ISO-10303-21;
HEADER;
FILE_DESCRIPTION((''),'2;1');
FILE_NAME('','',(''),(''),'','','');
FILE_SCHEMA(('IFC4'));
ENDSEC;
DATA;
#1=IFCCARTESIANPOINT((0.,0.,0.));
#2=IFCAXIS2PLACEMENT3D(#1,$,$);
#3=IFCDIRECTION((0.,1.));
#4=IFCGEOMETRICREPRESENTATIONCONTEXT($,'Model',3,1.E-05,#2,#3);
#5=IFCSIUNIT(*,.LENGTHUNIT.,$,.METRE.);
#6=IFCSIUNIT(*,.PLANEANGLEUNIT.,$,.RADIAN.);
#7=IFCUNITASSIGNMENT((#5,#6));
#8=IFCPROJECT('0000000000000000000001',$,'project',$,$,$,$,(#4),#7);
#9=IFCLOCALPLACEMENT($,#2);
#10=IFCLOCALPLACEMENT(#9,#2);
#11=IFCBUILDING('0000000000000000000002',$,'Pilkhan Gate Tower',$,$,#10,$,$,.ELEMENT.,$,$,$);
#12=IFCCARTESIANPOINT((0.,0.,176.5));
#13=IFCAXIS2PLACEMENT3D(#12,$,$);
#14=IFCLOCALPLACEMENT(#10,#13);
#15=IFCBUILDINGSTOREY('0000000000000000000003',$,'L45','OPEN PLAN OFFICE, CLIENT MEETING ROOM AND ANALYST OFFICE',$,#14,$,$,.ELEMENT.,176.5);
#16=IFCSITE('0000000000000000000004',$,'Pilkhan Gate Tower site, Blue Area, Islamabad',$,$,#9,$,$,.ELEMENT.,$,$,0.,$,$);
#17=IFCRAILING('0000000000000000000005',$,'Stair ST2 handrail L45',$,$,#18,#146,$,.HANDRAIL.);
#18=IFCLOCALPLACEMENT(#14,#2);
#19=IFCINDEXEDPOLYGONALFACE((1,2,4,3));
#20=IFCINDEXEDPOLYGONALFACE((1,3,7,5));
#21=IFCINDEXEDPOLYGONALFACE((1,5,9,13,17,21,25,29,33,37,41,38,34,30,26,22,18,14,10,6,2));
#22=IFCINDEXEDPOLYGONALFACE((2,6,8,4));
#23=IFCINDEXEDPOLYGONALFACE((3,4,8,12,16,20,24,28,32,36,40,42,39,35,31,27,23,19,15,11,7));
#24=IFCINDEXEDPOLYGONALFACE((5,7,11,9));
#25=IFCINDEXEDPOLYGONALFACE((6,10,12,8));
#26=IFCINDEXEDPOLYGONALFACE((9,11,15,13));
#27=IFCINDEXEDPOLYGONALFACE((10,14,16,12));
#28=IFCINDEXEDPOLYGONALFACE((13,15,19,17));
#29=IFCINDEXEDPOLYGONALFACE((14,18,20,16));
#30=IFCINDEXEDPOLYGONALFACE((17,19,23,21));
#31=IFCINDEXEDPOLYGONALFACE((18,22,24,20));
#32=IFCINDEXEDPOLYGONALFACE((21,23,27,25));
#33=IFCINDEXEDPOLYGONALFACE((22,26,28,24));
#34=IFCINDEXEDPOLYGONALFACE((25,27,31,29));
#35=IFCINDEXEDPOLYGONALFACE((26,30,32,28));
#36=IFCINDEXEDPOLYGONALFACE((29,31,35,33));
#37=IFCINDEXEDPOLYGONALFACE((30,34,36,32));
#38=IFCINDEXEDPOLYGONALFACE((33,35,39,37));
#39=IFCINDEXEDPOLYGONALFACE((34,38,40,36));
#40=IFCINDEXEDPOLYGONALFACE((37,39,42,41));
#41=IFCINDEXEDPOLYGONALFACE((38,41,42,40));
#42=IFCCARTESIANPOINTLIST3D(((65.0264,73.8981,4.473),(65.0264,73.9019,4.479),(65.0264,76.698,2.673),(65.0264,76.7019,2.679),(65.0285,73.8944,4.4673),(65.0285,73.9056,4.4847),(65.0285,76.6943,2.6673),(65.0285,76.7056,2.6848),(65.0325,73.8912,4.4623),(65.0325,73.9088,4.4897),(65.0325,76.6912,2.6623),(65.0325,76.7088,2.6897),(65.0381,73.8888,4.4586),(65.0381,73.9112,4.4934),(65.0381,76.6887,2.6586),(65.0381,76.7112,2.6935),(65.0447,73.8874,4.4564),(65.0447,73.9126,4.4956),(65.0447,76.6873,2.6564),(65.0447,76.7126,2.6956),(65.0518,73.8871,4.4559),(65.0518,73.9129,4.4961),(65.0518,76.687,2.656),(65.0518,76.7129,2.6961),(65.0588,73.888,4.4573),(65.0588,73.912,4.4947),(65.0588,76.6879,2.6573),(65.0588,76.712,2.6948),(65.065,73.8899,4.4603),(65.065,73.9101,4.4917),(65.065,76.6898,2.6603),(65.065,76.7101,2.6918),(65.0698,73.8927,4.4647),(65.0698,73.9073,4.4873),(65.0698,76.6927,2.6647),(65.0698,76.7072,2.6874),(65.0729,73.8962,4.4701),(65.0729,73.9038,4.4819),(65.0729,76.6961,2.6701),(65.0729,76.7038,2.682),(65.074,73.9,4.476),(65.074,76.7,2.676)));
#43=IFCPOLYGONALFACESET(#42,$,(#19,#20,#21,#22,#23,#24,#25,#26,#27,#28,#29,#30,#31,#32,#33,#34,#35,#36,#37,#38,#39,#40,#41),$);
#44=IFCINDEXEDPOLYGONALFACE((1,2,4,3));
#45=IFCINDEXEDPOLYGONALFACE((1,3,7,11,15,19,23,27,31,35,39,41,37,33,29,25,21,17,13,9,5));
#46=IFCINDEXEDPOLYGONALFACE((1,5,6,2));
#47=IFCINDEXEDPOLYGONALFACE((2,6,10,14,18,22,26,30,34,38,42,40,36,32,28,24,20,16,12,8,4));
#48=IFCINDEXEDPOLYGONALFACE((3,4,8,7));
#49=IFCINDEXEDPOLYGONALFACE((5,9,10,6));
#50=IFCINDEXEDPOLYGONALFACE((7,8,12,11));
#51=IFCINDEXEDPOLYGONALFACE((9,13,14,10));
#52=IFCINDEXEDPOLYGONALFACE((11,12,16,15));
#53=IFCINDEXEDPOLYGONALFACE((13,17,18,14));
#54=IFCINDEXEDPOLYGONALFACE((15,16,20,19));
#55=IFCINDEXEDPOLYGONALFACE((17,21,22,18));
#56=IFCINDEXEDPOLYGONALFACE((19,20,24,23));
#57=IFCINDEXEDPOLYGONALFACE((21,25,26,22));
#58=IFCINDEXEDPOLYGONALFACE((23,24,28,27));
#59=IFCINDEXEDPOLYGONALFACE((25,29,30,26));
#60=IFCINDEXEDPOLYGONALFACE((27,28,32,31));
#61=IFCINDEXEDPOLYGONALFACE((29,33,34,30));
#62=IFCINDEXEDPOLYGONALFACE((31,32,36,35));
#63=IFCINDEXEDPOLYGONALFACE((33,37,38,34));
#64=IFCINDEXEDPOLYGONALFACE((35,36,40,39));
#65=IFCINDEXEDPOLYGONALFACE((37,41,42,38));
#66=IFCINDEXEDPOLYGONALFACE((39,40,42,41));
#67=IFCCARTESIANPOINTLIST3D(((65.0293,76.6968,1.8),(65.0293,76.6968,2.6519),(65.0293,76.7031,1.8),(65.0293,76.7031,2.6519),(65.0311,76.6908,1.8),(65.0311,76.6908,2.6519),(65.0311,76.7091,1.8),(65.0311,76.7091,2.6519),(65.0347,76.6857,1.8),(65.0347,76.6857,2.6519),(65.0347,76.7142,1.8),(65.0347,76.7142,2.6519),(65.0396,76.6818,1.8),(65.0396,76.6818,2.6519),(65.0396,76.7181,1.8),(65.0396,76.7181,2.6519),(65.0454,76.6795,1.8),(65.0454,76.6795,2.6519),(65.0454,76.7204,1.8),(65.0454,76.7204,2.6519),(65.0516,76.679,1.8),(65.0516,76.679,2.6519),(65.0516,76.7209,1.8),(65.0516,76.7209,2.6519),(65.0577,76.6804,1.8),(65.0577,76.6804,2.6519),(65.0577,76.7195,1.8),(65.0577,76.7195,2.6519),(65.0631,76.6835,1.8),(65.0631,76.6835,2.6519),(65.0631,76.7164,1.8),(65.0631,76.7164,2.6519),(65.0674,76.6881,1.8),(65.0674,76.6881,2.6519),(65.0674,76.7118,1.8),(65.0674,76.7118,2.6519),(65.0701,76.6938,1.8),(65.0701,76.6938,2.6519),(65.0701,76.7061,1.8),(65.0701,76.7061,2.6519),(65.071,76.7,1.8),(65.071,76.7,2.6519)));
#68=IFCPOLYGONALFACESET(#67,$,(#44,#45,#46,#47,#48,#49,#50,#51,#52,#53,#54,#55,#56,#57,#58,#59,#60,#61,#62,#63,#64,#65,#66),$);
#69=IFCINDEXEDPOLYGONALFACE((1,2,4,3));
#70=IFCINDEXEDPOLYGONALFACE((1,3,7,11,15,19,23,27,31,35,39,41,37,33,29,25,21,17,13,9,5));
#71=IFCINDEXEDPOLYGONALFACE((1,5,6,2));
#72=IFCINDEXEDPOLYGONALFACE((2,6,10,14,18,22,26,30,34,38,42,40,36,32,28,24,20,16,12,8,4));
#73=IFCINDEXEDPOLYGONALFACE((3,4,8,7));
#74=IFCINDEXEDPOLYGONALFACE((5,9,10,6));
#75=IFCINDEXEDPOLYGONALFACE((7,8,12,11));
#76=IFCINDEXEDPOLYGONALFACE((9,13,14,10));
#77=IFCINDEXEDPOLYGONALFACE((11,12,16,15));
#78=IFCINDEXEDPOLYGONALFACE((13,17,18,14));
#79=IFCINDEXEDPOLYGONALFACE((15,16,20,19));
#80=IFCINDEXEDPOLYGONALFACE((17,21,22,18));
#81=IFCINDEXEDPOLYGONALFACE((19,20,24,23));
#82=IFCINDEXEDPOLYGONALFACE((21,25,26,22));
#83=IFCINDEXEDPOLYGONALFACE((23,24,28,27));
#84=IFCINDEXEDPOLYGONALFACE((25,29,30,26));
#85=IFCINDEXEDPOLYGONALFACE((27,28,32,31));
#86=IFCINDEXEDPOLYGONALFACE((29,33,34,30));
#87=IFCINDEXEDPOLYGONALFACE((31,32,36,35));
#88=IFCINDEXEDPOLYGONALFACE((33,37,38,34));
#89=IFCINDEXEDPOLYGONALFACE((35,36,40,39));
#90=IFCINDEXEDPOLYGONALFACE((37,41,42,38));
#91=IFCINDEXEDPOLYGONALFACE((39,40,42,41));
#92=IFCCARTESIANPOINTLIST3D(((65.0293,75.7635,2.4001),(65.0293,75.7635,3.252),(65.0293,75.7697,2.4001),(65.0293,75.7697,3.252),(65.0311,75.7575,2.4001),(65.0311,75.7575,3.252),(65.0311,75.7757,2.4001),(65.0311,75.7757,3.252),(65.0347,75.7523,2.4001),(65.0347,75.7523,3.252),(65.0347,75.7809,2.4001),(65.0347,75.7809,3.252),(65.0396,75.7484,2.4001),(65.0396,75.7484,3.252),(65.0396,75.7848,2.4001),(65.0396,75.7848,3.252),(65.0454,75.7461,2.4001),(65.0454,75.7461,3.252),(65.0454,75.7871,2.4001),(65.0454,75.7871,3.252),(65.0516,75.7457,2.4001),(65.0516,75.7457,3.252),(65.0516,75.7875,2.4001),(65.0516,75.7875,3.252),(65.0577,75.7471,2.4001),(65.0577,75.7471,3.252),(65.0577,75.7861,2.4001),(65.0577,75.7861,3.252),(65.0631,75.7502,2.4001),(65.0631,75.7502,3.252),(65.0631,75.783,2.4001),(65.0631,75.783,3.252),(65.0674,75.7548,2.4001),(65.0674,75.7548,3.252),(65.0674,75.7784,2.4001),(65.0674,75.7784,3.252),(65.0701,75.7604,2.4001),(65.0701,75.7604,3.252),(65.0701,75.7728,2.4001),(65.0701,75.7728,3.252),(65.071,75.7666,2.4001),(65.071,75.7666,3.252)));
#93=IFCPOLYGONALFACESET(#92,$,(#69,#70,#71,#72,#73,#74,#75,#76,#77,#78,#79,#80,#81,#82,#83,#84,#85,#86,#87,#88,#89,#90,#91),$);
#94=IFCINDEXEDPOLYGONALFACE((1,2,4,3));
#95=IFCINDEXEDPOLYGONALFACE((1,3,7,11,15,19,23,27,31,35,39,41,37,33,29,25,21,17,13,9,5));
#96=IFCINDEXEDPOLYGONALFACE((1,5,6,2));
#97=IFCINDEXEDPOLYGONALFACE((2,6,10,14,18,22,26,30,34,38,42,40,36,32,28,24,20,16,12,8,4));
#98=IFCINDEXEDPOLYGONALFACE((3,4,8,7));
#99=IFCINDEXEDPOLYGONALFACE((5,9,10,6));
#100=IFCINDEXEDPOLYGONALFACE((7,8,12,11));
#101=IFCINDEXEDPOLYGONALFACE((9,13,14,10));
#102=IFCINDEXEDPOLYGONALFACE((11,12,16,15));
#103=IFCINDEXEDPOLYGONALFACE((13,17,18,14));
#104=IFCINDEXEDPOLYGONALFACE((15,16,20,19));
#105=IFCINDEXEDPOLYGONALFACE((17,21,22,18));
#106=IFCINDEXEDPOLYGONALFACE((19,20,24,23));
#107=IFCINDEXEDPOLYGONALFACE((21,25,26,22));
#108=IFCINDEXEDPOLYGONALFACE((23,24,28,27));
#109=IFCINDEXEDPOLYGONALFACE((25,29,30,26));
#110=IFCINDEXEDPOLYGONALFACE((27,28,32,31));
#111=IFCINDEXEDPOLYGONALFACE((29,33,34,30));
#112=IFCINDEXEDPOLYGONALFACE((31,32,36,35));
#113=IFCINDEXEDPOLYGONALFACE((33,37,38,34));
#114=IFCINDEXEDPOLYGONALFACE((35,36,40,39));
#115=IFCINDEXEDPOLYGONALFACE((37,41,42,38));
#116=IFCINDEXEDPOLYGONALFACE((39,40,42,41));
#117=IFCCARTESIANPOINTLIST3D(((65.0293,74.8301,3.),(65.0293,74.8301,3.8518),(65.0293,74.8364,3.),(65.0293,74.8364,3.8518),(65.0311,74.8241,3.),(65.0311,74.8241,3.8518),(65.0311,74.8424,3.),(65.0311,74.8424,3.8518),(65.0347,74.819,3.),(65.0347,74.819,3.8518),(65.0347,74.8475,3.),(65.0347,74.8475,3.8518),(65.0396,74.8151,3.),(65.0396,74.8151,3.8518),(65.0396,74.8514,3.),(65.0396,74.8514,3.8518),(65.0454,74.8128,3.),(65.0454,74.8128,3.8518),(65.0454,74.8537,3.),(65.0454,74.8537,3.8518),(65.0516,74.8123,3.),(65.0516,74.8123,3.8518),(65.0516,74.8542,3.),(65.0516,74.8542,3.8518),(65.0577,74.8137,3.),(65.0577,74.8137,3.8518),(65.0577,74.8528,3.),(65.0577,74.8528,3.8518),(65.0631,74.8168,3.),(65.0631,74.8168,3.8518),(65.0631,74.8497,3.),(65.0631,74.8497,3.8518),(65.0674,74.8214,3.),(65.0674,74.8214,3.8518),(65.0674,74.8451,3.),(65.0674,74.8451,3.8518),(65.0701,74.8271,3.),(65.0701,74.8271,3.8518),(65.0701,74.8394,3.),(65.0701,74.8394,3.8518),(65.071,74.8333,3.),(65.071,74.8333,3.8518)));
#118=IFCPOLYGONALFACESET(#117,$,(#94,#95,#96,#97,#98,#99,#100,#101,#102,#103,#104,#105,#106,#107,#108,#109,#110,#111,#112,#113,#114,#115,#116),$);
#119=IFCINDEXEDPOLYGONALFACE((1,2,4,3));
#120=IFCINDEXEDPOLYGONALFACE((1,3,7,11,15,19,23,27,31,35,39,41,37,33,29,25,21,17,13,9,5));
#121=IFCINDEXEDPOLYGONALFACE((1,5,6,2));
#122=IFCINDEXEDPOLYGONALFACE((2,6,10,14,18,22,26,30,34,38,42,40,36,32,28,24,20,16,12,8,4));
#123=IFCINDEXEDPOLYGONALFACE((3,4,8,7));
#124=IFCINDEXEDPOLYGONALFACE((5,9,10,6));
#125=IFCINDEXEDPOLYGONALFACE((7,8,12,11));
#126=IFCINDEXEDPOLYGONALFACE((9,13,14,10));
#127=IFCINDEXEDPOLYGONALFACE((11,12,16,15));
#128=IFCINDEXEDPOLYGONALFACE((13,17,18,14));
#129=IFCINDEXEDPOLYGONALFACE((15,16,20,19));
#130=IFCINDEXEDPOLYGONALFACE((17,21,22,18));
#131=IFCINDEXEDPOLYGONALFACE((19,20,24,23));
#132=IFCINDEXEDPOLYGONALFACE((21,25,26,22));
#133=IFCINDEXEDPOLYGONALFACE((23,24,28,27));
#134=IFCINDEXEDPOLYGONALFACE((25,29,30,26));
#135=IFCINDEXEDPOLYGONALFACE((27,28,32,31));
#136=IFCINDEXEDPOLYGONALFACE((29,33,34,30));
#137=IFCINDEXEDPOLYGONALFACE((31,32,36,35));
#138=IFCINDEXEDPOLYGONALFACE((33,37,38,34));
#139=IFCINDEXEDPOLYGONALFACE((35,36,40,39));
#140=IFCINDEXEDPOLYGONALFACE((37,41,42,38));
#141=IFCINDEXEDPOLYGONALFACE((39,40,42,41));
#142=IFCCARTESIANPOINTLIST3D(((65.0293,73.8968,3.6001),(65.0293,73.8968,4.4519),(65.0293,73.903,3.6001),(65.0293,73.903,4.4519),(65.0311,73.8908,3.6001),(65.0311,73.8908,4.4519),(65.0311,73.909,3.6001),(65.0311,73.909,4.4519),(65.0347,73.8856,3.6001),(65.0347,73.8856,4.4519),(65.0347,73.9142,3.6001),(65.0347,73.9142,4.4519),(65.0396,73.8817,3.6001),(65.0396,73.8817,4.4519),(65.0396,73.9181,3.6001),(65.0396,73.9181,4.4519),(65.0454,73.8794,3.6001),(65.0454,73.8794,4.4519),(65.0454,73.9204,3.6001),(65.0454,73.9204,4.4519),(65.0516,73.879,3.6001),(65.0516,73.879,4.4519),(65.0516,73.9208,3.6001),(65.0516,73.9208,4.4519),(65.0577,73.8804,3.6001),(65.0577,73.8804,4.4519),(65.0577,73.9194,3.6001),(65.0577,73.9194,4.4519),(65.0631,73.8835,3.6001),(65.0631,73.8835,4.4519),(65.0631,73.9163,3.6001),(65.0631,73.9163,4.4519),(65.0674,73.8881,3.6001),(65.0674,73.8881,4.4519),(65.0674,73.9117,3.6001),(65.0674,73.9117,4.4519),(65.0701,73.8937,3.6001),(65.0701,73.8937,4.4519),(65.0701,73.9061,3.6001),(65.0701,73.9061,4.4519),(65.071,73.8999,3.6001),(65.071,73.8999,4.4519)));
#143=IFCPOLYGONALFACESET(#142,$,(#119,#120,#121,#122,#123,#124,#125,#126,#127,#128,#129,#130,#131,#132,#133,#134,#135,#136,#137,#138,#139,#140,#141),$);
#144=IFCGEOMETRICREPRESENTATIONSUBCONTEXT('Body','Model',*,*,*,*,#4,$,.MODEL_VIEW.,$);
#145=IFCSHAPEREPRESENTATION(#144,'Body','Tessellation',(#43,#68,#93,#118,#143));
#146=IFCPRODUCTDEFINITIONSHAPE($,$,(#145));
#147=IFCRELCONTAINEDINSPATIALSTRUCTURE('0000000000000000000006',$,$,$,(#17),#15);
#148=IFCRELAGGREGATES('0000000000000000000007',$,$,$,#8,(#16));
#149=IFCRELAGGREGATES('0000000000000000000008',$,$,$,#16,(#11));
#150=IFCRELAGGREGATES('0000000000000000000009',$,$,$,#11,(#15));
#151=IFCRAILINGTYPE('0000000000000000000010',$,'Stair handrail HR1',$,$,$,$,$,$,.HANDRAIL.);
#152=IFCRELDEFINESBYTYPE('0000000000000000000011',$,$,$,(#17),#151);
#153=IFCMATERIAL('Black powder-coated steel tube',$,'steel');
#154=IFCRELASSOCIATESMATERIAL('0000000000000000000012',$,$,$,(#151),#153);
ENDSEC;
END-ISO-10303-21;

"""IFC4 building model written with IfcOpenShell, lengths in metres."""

from ifc_helpers import new_model, si_unit, direction, frame, origin, origin_2d, place, context, subcontext, project, spatial, circle, extrude, material, type_object, element, save


model = new_model("IFC4")

# Units and contexts
model_context = context("Model", 3, precision=1e-05, world=origin(), true_north=direction((0.0, 1.0)))
body_context = subcontext(model_context, "Body", "Model", "MODEL_VIEW")
ifc_project = project(units=[si_unit("LENGTHUNIT", "METRE"), si_unit("PLANEANGLEUNIT", "RADIAN")], contexts=[model_context])

# Site, building, storey
site_placement = place(None, origin())
site = spatial("IfcSite", under=ifc_project, at=site_placement, Name="Pilkhan Gate Tower site, Blue Area, Islamabad", CompositionType="ELEMENT", RefElevation=0.0)
building_placement = place(site_placement, origin())
building = spatial("IfcBuilding", under=site, at=building_placement, Name="Pilkhan Gate Tower", CompositionType="ELEMENT")
storey_placement = place(building_placement, frame((0.0, 0.0, 176.5)))
storey = spatial("IfcBuildingStorey", under=building, at=storey_placement, Name="L45", Description="OPEN PLAN OFFICE, CLIENT MEETING ROOM AND ANALYST OFFICE", CompositionType="ELEMENT", Elevation=176.5)

# Railing
ifc_material_1 = material(Name="Black powder-coated steel tube", Category="steel")
railing_type_1 = type_object("IfcRailingType", Name="Stair handrail HR1", PredefinedType="HANDRAIL", material=ifc_material_1)
railing_1_placement = place(storey_placement, frame((65.05, 76.7, 1.8)))
element("IfcRailing", 1, at=railing_1_placement, inside=storey, type_object=railing_type_1, Name="Stair ST2 handrail L45", PredefinedType="HANDRAIL", context=body_context, shape_type="SweptSolid", body=[
    extrude(circle(Radius=0.0239, at=origin_2d()), frame((0.0, 0.0, 0.876), z_axis=(0.0, -0.841176, 0.540761), x_axis=(1.0, 0.0, 0.0)), (0.0, 0.0, 1.0), 3.3286),
    extrude(circle(Radius=0.021, at=origin_2d()), origin(), (0.0, 0.0, 1.0), 0.8518),
    extrude(circle(Radius=0.021, at=origin_2d()), frame((0.0, -0.9333, 0.6001)), (0.0, 0.0, 1.0), 0.8518),
    extrude(circle(Radius=0.021, at=origin_2d()), frame((0.0, -1.8667, 1.2)), (0.0, 0.0, 1.0), 0.8518),
    extrude(circle(Radius=0.021, at=origin_2d()), frame((0.0, -2.8, 1.8)), (0.0, 0.0, 1.0), 0.8518),
])

save(model, "model.ifc")
